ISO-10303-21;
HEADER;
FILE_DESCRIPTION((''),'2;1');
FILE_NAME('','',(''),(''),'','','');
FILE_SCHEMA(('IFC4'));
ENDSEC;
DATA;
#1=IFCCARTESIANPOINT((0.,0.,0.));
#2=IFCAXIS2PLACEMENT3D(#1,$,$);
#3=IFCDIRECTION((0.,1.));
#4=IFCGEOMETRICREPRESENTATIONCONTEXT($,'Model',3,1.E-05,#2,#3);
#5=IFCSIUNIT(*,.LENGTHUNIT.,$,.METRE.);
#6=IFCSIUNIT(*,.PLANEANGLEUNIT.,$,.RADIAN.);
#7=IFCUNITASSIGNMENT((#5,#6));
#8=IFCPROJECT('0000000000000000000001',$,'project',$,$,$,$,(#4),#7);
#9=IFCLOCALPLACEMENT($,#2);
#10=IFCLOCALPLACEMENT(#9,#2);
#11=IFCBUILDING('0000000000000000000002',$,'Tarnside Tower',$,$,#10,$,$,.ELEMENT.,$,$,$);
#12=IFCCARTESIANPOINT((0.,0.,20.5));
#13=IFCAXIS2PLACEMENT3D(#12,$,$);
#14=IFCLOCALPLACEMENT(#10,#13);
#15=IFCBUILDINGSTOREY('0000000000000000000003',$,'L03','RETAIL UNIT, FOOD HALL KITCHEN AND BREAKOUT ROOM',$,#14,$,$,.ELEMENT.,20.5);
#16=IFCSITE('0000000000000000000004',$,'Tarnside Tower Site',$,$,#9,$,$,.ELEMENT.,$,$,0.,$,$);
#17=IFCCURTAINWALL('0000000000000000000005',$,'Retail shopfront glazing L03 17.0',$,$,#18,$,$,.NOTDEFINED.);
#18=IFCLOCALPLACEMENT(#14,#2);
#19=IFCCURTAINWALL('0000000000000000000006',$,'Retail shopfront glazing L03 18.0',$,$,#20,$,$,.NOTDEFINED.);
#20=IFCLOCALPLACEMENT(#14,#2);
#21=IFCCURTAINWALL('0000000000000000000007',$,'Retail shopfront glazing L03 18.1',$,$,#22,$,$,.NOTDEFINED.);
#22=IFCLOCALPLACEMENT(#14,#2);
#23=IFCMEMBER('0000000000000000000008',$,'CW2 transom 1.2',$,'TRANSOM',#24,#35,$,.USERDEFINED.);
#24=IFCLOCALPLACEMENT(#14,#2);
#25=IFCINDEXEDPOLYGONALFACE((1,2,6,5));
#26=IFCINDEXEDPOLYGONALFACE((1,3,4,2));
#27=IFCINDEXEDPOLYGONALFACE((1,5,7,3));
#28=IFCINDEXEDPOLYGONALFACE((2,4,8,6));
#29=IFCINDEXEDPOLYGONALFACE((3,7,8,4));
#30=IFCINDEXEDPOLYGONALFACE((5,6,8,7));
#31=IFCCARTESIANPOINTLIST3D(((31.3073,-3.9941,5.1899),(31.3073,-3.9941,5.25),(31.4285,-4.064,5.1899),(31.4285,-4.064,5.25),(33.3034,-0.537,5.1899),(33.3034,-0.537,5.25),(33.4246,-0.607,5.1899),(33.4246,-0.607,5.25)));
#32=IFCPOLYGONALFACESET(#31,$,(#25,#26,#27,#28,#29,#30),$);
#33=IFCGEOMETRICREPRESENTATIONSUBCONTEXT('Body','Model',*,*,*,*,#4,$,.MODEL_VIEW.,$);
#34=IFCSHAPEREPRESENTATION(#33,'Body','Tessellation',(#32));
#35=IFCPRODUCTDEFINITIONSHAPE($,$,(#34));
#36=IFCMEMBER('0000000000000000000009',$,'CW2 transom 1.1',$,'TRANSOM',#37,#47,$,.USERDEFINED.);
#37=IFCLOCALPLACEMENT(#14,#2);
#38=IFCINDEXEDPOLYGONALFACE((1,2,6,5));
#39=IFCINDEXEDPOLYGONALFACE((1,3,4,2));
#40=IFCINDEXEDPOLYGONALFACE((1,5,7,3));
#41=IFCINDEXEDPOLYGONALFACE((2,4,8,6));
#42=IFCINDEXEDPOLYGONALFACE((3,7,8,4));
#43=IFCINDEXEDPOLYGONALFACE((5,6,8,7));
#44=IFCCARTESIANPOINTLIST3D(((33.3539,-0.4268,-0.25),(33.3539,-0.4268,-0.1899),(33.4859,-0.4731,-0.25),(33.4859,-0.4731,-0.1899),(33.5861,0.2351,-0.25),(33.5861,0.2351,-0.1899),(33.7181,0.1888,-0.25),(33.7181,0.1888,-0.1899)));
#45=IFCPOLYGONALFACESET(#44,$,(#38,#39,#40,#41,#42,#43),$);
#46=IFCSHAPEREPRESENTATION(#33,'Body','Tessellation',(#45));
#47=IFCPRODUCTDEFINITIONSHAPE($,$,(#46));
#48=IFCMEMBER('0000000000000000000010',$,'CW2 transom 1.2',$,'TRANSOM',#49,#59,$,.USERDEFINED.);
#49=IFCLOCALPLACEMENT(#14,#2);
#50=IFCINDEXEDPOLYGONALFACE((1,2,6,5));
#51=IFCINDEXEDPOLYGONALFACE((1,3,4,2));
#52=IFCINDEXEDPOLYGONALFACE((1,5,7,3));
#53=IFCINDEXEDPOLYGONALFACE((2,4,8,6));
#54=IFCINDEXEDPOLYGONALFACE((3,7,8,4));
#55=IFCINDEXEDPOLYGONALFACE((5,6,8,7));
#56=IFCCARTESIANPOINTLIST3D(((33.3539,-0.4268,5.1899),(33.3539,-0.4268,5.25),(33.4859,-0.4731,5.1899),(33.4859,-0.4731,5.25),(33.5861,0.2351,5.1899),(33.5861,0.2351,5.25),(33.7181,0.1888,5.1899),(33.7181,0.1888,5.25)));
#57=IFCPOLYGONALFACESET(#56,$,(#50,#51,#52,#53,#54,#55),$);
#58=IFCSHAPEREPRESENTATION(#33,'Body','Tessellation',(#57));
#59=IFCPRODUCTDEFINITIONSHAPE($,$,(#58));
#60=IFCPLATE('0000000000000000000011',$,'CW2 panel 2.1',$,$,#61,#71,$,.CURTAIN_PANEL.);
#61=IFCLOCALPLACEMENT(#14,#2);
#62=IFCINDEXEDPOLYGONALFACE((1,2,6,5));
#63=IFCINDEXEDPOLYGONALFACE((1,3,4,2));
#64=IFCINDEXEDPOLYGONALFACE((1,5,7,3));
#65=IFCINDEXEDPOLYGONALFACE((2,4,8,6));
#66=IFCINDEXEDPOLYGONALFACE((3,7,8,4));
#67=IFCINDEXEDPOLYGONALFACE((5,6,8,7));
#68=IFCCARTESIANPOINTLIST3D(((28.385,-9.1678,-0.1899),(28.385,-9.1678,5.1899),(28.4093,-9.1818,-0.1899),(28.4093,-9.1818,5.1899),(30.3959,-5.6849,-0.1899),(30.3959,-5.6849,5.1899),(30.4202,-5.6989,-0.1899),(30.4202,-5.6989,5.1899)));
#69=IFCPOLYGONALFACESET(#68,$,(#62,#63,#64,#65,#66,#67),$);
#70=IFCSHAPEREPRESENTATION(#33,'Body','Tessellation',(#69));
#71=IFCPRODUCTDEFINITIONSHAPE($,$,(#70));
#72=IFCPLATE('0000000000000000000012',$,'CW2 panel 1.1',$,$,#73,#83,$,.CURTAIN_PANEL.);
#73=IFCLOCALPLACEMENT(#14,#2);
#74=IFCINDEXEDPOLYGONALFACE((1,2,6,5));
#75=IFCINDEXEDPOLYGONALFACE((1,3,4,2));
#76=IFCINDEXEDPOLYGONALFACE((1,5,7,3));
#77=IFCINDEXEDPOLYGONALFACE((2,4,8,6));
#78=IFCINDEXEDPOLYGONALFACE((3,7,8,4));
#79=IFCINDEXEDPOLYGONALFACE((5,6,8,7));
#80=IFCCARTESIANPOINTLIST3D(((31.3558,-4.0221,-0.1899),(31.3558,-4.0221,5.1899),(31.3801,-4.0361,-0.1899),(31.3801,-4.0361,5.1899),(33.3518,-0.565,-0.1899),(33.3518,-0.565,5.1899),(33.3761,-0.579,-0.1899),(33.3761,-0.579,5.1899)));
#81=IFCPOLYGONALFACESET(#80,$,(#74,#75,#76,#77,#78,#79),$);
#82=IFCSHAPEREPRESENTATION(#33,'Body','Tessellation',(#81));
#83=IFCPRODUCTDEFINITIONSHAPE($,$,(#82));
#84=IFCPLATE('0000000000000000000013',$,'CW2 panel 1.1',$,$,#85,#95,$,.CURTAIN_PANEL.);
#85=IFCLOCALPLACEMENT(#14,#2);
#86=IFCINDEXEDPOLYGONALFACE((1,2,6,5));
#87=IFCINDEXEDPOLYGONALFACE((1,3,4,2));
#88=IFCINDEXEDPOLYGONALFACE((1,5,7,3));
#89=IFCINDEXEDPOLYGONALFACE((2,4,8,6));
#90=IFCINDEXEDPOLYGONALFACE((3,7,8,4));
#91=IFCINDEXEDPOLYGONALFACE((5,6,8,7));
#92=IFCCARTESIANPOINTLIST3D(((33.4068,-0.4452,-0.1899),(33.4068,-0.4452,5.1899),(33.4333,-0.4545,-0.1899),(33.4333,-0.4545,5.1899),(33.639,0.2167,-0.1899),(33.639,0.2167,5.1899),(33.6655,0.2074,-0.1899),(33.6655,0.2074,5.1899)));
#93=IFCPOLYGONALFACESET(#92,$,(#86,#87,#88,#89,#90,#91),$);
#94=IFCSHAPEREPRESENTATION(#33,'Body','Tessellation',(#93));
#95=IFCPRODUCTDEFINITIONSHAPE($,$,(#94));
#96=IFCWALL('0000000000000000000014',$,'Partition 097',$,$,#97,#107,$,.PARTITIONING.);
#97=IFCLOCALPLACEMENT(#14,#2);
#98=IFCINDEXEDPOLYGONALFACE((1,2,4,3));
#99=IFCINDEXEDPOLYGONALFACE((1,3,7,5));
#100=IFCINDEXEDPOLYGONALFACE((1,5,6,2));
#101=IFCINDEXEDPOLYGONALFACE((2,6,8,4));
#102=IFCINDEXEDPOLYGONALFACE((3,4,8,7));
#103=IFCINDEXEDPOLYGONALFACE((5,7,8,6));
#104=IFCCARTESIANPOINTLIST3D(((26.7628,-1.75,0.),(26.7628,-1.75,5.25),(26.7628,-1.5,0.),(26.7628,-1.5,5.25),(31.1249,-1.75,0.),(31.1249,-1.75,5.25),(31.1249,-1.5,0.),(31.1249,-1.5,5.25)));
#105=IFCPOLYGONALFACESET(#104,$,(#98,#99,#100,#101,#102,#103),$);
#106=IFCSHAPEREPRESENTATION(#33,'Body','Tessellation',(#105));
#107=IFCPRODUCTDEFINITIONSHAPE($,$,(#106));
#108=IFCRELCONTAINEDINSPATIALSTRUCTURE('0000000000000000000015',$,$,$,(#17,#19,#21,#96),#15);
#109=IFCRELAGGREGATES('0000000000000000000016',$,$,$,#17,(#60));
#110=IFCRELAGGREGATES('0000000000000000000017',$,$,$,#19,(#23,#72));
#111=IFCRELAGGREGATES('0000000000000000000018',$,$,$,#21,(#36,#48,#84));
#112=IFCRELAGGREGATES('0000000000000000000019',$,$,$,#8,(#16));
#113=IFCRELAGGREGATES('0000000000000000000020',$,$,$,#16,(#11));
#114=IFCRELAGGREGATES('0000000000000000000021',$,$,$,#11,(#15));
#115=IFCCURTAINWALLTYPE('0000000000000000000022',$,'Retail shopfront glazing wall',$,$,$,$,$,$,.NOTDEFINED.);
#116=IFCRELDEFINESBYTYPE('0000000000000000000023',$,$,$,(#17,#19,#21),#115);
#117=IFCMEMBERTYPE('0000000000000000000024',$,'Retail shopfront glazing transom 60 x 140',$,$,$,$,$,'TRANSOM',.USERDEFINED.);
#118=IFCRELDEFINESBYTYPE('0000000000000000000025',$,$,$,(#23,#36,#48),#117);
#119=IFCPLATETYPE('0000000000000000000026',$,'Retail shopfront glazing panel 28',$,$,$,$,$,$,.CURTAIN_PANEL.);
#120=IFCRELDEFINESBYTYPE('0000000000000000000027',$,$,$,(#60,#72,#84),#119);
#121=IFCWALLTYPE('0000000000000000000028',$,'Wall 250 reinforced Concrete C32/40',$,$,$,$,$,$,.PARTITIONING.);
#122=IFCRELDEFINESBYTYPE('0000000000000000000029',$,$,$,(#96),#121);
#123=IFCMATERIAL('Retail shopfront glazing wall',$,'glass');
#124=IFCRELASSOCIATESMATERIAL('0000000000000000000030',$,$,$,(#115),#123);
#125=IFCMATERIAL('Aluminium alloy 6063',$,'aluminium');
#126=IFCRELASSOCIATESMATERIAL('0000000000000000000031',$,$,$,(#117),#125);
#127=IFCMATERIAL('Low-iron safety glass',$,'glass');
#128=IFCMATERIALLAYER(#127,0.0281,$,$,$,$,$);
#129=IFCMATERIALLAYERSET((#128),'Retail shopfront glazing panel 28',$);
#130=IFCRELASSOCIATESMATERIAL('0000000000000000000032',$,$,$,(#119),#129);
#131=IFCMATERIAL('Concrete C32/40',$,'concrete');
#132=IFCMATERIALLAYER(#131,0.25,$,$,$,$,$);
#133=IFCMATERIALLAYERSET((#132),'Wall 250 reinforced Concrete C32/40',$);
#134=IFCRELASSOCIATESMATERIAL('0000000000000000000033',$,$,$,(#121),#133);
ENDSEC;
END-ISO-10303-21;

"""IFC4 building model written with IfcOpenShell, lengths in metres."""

from ifc_helpers import new_model, si_unit, direction, frame, frame_2d, origin, origin_2d, place, context, subcontext, project, spatial, rectangle, extrude, material, layer, layer_set, material_profile, profile_set, type_object, element, aggregate, save


model = new_model("IFC4")

# Units and contexts
model_context = context("Model", 3, precision=1e-05, world=origin(), true_north=direction((0.0, 1.0)))
body_context = subcontext(model_context, "Body", "Model", "MODEL_VIEW")
ifc_project = project(units=[si_unit("LENGTHUNIT", "METRE"), si_unit("PLANEANGLEUNIT", "RADIAN")], contexts=[model_context])

# Site, building, storey
site_placement = place(None, origin())
site = spatial("IfcSite", under=ifc_project, at=site_placement, Name="Tarnside Tower Site", CompositionType="ELEMENT", RefElevation=0.0)
building_placement = place(site_placement, origin())
building = spatial("IfcBuilding", under=site, at=building_placement, Name="Tarnside Tower", CompositionType="ELEMENT")
storey_placement = place(building_placement, frame((0.0, 0.0, 20.5)))
storey = spatial("IfcBuildingStorey", under=building, at=storey_placement, Name="L03", Description="RETAIL UNIT, FOOD HALL KITCHEN AND BREAKOUT ROOM", CompositionType="ELEMENT", Elevation=20.5)

# Curtain wall
ifc_material_1 = material(Name="Retail shopfront glazing wall", Category="glass")
curtain_wall_type = type_object("IfcCurtainWallType", Name="Retail shopfront glazing wall", PredefinedType="NOTDEFINED", material=ifc_material_1)
curtain_wall_1_placement = place(storey_placement, origin())
curtain_wall_1 = element("IfcCurtainWall", 1, at=curtain_wall_1_placement, inside=storey, type_object=curtain_wall_type, Name="Retail shopfront glazing L03 17.0", PredefinedType="NOTDEFINED")
ifc_material_2 = material(Name="Aluminium alloy 6063", Category="aluminium")

# Curtain wall
curtain_wall_2_placement = place(storey_placement, origin())
curtain_wall_2 = element("IfcCurtainWall", 2, at=curtain_wall_2_placement, inside=storey, type_object=curtain_wall_type, Name="Retail shopfront glazing L03 18.0", PredefinedType="NOTDEFINED")

# Curtain wall
curtain_wall_3_placement = place(storey_placement, origin())
curtain_wall_3 = element("IfcCurtainWall", 3, at=curtain_wall_3_placement, inside=storey, type_object=curtain_wall_type, Name="Retail shopfront glazing L03 18.1", PredefinedType="NOTDEFINED")

# Members
ifc_material_profile_1 = material_profile(ifc_material_2, rectangle(XDim=0.1399, YDim=0.0601, at=origin_2d()), Name="Retail shopfront glazing transom 60 x 140")
ifc_profile_set_1 = profile_set([ifc_material_profile_1], Name="Aluminium alloy 6063")
member_type_1 = type_object("IfcMemberType", Name="Retail shopfront glazing transom 60 x 140", ElementType="TRANSOM", PredefinedType="USERDEFINED", material=ifc_profile_set_1)
member_1_placement = place(storey_placement, frame((31.3679, -4.0291, 5.22), z_axis=(0.500033, 0.866006, 0.0), x_axis=(-0.866006, 0.500033, 0.0)))
member_1 = element("IfcMember", 4, at=member_1_placement, type_object=member_type_1, Name="CW2 transom 1.2", ObjectType="TRANSOM", PredefinedType="USERDEFINED", context=body_context, shape_type="SweptSolid", body=[
    extrude(rectangle(XDim=0.1399, YDim=0.0601, at=origin_2d()), origin(), (0.0, 0.0, 1.0), 3.9919),
])
member_2_placement = place(storey_placement, frame((33.4199, -0.45, -0.22), z_axis=(0.331017, 0.943625, 0.0), x_axis=(-0.943625, 0.331017, 0.0)))
member_2 = element("IfcMember", 5, at=member_2_placement, type_object=member_type_1, Name="CW2 transom 1.1", ObjectType="TRANSOM", PredefinedType="USERDEFINED", context=body_context, shape_type="SweptSolid", body=[
    extrude(rectangle(XDim=0.1399, YDim=0.0601, at=origin_2d()), origin(), (0.0, 0.0, 1.0), 0.7014),
])
member_3_placement = place(storey_placement, frame((33.4199, -0.45, 5.22), z_axis=(0.331017, 0.943625, 0.0), x_axis=(-0.943625, 0.331017, 0.0)))
member_3 = element("IfcMember", 6, at=member_3_placement, type_object=member_type_1, Name="CW2 transom 1.2", ObjectType="TRANSOM", PredefinedType="USERDEFINED", context=body_context, shape_type="SweptSolid", body=[
    extrude(rectangle(XDim=0.1399, YDim=0.0601, at=origin_2d()), origin(), (0.0, 0.0, 1.0), 0.7014),
])

# Plates
ifc_material_3 = material(Name="Low-iron safety glass", Category="glass")
ifc_layer_1 = layer(ifc_material_3, 0.0281)
ifc_layer_set_1 = layer_set([ifc_layer_1], Name="Retail shopfront glazing panel 28")
plate_type = type_object("IfcPlateType", Name="Retail shopfront glazing panel 28", PredefinedType="CURTAIN_PANEL", material=ifc_layer_set_1)
plate_1_placement = place(storey_placement, frame((29.4026, -7.4333, -0.1899), z_axis=(0.0, 0.0, 1.0), x_axis=(0.5, 0.866025, 0.0)))
plate_1 = element("IfcPlate", 7, at=plate_1_placement, type_object=plate_type, Name="CW2 panel 2.1", PredefinedType="CURTAIN_PANEL", context=body_context, shape_type="SweptSolid", body=[
    extrude(rectangle(XDim=4.0217, YDim=0.0281, at=origin_2d()), origin(), (0.0, 0.0, 1.0), 5.3799),
])
aggregate(curtain_wall_1, [plate_1])
plate_2_placement = place(storey_placement, frame((32.366, -2.3005, -0.1899), z_axis=(0.0, 0.0, 1.0), x_axis=(0.5, 0.866025, 0.0)))
plate_2 = element("IfcPlate", 8, at=plate_2_placement, type_object=plate_type, Name="CW2 panel 1.1", PredefinedType="CURTAIN_PANEL", context=body_context, shape_type="SweptSolid", body=[
    extrude(rectangle(XDim=3.9919, YDim=0.0281, at=origin_2d()), origin(), (0.0, 0.0, 1.0), 5.3799),
])
aggregate(curtain_wall_2, [member_1, plate_2])
plate_3_placement = place(storey_placement, frame((33.5361, -0.1189, -0.1899), z_axis=(0.0, 0.0, 1.0), x_axis=(0.331063, 0.943609, 0.0)))
plate_3 = element("IfcPlate", 9, at=plate_3_placement, type_object=plate_type, Name="CW2 panel 1.1", PredefinedType="CURTAIN_PANEL", context=body_context, shape_type="SweptSolid", body=[
    extrude(rectangle(XDim=0.7014, YDim=0.0281, at=origin_2d()), origin(), (0.0, 0.0, 1.0), 5.3799),
])
aggregate(curtain_wall_3, [member_2, member_3, plate_3])

# Wall
ifc_material_4 = material(Name="Concrete C32/40", Category="concrete")
ifc_layer_2 = layer(ifc_material_4, 0.25)
ifc_layer_set_2 = layer_set([ifc_layer_2], Name="Wall 250 reinforced Concrete C32/40")
wall_type = type_object("IfcWallType", Name="Wall 250 reinforced Concrete C32/40", PredefinedType="PARTITIONING", material=ifc_layer_set_2)
wall_placement = place(storey_placement, frame((31.125, -1.625, 0.0), z_axis=(0.0, 0.0, 1.0), x_axis=(-1.0, 0.0, 0.0)))
element("IfcWall", 10, at=wall_placement, inside=storey, type_object=wall_type, Name="Partition 097", PredefinedType="PARTITIONING", context=body_context, shape_type="SweptSolid", body=[
    extrude(rectangle(XDim=4.3621, YDim=0.25, at=frame_2d((2.1812, 0.0))), origin(), (0.0, 0.0, 1.0), 5.25),
])

save(model, "model.ifc")
